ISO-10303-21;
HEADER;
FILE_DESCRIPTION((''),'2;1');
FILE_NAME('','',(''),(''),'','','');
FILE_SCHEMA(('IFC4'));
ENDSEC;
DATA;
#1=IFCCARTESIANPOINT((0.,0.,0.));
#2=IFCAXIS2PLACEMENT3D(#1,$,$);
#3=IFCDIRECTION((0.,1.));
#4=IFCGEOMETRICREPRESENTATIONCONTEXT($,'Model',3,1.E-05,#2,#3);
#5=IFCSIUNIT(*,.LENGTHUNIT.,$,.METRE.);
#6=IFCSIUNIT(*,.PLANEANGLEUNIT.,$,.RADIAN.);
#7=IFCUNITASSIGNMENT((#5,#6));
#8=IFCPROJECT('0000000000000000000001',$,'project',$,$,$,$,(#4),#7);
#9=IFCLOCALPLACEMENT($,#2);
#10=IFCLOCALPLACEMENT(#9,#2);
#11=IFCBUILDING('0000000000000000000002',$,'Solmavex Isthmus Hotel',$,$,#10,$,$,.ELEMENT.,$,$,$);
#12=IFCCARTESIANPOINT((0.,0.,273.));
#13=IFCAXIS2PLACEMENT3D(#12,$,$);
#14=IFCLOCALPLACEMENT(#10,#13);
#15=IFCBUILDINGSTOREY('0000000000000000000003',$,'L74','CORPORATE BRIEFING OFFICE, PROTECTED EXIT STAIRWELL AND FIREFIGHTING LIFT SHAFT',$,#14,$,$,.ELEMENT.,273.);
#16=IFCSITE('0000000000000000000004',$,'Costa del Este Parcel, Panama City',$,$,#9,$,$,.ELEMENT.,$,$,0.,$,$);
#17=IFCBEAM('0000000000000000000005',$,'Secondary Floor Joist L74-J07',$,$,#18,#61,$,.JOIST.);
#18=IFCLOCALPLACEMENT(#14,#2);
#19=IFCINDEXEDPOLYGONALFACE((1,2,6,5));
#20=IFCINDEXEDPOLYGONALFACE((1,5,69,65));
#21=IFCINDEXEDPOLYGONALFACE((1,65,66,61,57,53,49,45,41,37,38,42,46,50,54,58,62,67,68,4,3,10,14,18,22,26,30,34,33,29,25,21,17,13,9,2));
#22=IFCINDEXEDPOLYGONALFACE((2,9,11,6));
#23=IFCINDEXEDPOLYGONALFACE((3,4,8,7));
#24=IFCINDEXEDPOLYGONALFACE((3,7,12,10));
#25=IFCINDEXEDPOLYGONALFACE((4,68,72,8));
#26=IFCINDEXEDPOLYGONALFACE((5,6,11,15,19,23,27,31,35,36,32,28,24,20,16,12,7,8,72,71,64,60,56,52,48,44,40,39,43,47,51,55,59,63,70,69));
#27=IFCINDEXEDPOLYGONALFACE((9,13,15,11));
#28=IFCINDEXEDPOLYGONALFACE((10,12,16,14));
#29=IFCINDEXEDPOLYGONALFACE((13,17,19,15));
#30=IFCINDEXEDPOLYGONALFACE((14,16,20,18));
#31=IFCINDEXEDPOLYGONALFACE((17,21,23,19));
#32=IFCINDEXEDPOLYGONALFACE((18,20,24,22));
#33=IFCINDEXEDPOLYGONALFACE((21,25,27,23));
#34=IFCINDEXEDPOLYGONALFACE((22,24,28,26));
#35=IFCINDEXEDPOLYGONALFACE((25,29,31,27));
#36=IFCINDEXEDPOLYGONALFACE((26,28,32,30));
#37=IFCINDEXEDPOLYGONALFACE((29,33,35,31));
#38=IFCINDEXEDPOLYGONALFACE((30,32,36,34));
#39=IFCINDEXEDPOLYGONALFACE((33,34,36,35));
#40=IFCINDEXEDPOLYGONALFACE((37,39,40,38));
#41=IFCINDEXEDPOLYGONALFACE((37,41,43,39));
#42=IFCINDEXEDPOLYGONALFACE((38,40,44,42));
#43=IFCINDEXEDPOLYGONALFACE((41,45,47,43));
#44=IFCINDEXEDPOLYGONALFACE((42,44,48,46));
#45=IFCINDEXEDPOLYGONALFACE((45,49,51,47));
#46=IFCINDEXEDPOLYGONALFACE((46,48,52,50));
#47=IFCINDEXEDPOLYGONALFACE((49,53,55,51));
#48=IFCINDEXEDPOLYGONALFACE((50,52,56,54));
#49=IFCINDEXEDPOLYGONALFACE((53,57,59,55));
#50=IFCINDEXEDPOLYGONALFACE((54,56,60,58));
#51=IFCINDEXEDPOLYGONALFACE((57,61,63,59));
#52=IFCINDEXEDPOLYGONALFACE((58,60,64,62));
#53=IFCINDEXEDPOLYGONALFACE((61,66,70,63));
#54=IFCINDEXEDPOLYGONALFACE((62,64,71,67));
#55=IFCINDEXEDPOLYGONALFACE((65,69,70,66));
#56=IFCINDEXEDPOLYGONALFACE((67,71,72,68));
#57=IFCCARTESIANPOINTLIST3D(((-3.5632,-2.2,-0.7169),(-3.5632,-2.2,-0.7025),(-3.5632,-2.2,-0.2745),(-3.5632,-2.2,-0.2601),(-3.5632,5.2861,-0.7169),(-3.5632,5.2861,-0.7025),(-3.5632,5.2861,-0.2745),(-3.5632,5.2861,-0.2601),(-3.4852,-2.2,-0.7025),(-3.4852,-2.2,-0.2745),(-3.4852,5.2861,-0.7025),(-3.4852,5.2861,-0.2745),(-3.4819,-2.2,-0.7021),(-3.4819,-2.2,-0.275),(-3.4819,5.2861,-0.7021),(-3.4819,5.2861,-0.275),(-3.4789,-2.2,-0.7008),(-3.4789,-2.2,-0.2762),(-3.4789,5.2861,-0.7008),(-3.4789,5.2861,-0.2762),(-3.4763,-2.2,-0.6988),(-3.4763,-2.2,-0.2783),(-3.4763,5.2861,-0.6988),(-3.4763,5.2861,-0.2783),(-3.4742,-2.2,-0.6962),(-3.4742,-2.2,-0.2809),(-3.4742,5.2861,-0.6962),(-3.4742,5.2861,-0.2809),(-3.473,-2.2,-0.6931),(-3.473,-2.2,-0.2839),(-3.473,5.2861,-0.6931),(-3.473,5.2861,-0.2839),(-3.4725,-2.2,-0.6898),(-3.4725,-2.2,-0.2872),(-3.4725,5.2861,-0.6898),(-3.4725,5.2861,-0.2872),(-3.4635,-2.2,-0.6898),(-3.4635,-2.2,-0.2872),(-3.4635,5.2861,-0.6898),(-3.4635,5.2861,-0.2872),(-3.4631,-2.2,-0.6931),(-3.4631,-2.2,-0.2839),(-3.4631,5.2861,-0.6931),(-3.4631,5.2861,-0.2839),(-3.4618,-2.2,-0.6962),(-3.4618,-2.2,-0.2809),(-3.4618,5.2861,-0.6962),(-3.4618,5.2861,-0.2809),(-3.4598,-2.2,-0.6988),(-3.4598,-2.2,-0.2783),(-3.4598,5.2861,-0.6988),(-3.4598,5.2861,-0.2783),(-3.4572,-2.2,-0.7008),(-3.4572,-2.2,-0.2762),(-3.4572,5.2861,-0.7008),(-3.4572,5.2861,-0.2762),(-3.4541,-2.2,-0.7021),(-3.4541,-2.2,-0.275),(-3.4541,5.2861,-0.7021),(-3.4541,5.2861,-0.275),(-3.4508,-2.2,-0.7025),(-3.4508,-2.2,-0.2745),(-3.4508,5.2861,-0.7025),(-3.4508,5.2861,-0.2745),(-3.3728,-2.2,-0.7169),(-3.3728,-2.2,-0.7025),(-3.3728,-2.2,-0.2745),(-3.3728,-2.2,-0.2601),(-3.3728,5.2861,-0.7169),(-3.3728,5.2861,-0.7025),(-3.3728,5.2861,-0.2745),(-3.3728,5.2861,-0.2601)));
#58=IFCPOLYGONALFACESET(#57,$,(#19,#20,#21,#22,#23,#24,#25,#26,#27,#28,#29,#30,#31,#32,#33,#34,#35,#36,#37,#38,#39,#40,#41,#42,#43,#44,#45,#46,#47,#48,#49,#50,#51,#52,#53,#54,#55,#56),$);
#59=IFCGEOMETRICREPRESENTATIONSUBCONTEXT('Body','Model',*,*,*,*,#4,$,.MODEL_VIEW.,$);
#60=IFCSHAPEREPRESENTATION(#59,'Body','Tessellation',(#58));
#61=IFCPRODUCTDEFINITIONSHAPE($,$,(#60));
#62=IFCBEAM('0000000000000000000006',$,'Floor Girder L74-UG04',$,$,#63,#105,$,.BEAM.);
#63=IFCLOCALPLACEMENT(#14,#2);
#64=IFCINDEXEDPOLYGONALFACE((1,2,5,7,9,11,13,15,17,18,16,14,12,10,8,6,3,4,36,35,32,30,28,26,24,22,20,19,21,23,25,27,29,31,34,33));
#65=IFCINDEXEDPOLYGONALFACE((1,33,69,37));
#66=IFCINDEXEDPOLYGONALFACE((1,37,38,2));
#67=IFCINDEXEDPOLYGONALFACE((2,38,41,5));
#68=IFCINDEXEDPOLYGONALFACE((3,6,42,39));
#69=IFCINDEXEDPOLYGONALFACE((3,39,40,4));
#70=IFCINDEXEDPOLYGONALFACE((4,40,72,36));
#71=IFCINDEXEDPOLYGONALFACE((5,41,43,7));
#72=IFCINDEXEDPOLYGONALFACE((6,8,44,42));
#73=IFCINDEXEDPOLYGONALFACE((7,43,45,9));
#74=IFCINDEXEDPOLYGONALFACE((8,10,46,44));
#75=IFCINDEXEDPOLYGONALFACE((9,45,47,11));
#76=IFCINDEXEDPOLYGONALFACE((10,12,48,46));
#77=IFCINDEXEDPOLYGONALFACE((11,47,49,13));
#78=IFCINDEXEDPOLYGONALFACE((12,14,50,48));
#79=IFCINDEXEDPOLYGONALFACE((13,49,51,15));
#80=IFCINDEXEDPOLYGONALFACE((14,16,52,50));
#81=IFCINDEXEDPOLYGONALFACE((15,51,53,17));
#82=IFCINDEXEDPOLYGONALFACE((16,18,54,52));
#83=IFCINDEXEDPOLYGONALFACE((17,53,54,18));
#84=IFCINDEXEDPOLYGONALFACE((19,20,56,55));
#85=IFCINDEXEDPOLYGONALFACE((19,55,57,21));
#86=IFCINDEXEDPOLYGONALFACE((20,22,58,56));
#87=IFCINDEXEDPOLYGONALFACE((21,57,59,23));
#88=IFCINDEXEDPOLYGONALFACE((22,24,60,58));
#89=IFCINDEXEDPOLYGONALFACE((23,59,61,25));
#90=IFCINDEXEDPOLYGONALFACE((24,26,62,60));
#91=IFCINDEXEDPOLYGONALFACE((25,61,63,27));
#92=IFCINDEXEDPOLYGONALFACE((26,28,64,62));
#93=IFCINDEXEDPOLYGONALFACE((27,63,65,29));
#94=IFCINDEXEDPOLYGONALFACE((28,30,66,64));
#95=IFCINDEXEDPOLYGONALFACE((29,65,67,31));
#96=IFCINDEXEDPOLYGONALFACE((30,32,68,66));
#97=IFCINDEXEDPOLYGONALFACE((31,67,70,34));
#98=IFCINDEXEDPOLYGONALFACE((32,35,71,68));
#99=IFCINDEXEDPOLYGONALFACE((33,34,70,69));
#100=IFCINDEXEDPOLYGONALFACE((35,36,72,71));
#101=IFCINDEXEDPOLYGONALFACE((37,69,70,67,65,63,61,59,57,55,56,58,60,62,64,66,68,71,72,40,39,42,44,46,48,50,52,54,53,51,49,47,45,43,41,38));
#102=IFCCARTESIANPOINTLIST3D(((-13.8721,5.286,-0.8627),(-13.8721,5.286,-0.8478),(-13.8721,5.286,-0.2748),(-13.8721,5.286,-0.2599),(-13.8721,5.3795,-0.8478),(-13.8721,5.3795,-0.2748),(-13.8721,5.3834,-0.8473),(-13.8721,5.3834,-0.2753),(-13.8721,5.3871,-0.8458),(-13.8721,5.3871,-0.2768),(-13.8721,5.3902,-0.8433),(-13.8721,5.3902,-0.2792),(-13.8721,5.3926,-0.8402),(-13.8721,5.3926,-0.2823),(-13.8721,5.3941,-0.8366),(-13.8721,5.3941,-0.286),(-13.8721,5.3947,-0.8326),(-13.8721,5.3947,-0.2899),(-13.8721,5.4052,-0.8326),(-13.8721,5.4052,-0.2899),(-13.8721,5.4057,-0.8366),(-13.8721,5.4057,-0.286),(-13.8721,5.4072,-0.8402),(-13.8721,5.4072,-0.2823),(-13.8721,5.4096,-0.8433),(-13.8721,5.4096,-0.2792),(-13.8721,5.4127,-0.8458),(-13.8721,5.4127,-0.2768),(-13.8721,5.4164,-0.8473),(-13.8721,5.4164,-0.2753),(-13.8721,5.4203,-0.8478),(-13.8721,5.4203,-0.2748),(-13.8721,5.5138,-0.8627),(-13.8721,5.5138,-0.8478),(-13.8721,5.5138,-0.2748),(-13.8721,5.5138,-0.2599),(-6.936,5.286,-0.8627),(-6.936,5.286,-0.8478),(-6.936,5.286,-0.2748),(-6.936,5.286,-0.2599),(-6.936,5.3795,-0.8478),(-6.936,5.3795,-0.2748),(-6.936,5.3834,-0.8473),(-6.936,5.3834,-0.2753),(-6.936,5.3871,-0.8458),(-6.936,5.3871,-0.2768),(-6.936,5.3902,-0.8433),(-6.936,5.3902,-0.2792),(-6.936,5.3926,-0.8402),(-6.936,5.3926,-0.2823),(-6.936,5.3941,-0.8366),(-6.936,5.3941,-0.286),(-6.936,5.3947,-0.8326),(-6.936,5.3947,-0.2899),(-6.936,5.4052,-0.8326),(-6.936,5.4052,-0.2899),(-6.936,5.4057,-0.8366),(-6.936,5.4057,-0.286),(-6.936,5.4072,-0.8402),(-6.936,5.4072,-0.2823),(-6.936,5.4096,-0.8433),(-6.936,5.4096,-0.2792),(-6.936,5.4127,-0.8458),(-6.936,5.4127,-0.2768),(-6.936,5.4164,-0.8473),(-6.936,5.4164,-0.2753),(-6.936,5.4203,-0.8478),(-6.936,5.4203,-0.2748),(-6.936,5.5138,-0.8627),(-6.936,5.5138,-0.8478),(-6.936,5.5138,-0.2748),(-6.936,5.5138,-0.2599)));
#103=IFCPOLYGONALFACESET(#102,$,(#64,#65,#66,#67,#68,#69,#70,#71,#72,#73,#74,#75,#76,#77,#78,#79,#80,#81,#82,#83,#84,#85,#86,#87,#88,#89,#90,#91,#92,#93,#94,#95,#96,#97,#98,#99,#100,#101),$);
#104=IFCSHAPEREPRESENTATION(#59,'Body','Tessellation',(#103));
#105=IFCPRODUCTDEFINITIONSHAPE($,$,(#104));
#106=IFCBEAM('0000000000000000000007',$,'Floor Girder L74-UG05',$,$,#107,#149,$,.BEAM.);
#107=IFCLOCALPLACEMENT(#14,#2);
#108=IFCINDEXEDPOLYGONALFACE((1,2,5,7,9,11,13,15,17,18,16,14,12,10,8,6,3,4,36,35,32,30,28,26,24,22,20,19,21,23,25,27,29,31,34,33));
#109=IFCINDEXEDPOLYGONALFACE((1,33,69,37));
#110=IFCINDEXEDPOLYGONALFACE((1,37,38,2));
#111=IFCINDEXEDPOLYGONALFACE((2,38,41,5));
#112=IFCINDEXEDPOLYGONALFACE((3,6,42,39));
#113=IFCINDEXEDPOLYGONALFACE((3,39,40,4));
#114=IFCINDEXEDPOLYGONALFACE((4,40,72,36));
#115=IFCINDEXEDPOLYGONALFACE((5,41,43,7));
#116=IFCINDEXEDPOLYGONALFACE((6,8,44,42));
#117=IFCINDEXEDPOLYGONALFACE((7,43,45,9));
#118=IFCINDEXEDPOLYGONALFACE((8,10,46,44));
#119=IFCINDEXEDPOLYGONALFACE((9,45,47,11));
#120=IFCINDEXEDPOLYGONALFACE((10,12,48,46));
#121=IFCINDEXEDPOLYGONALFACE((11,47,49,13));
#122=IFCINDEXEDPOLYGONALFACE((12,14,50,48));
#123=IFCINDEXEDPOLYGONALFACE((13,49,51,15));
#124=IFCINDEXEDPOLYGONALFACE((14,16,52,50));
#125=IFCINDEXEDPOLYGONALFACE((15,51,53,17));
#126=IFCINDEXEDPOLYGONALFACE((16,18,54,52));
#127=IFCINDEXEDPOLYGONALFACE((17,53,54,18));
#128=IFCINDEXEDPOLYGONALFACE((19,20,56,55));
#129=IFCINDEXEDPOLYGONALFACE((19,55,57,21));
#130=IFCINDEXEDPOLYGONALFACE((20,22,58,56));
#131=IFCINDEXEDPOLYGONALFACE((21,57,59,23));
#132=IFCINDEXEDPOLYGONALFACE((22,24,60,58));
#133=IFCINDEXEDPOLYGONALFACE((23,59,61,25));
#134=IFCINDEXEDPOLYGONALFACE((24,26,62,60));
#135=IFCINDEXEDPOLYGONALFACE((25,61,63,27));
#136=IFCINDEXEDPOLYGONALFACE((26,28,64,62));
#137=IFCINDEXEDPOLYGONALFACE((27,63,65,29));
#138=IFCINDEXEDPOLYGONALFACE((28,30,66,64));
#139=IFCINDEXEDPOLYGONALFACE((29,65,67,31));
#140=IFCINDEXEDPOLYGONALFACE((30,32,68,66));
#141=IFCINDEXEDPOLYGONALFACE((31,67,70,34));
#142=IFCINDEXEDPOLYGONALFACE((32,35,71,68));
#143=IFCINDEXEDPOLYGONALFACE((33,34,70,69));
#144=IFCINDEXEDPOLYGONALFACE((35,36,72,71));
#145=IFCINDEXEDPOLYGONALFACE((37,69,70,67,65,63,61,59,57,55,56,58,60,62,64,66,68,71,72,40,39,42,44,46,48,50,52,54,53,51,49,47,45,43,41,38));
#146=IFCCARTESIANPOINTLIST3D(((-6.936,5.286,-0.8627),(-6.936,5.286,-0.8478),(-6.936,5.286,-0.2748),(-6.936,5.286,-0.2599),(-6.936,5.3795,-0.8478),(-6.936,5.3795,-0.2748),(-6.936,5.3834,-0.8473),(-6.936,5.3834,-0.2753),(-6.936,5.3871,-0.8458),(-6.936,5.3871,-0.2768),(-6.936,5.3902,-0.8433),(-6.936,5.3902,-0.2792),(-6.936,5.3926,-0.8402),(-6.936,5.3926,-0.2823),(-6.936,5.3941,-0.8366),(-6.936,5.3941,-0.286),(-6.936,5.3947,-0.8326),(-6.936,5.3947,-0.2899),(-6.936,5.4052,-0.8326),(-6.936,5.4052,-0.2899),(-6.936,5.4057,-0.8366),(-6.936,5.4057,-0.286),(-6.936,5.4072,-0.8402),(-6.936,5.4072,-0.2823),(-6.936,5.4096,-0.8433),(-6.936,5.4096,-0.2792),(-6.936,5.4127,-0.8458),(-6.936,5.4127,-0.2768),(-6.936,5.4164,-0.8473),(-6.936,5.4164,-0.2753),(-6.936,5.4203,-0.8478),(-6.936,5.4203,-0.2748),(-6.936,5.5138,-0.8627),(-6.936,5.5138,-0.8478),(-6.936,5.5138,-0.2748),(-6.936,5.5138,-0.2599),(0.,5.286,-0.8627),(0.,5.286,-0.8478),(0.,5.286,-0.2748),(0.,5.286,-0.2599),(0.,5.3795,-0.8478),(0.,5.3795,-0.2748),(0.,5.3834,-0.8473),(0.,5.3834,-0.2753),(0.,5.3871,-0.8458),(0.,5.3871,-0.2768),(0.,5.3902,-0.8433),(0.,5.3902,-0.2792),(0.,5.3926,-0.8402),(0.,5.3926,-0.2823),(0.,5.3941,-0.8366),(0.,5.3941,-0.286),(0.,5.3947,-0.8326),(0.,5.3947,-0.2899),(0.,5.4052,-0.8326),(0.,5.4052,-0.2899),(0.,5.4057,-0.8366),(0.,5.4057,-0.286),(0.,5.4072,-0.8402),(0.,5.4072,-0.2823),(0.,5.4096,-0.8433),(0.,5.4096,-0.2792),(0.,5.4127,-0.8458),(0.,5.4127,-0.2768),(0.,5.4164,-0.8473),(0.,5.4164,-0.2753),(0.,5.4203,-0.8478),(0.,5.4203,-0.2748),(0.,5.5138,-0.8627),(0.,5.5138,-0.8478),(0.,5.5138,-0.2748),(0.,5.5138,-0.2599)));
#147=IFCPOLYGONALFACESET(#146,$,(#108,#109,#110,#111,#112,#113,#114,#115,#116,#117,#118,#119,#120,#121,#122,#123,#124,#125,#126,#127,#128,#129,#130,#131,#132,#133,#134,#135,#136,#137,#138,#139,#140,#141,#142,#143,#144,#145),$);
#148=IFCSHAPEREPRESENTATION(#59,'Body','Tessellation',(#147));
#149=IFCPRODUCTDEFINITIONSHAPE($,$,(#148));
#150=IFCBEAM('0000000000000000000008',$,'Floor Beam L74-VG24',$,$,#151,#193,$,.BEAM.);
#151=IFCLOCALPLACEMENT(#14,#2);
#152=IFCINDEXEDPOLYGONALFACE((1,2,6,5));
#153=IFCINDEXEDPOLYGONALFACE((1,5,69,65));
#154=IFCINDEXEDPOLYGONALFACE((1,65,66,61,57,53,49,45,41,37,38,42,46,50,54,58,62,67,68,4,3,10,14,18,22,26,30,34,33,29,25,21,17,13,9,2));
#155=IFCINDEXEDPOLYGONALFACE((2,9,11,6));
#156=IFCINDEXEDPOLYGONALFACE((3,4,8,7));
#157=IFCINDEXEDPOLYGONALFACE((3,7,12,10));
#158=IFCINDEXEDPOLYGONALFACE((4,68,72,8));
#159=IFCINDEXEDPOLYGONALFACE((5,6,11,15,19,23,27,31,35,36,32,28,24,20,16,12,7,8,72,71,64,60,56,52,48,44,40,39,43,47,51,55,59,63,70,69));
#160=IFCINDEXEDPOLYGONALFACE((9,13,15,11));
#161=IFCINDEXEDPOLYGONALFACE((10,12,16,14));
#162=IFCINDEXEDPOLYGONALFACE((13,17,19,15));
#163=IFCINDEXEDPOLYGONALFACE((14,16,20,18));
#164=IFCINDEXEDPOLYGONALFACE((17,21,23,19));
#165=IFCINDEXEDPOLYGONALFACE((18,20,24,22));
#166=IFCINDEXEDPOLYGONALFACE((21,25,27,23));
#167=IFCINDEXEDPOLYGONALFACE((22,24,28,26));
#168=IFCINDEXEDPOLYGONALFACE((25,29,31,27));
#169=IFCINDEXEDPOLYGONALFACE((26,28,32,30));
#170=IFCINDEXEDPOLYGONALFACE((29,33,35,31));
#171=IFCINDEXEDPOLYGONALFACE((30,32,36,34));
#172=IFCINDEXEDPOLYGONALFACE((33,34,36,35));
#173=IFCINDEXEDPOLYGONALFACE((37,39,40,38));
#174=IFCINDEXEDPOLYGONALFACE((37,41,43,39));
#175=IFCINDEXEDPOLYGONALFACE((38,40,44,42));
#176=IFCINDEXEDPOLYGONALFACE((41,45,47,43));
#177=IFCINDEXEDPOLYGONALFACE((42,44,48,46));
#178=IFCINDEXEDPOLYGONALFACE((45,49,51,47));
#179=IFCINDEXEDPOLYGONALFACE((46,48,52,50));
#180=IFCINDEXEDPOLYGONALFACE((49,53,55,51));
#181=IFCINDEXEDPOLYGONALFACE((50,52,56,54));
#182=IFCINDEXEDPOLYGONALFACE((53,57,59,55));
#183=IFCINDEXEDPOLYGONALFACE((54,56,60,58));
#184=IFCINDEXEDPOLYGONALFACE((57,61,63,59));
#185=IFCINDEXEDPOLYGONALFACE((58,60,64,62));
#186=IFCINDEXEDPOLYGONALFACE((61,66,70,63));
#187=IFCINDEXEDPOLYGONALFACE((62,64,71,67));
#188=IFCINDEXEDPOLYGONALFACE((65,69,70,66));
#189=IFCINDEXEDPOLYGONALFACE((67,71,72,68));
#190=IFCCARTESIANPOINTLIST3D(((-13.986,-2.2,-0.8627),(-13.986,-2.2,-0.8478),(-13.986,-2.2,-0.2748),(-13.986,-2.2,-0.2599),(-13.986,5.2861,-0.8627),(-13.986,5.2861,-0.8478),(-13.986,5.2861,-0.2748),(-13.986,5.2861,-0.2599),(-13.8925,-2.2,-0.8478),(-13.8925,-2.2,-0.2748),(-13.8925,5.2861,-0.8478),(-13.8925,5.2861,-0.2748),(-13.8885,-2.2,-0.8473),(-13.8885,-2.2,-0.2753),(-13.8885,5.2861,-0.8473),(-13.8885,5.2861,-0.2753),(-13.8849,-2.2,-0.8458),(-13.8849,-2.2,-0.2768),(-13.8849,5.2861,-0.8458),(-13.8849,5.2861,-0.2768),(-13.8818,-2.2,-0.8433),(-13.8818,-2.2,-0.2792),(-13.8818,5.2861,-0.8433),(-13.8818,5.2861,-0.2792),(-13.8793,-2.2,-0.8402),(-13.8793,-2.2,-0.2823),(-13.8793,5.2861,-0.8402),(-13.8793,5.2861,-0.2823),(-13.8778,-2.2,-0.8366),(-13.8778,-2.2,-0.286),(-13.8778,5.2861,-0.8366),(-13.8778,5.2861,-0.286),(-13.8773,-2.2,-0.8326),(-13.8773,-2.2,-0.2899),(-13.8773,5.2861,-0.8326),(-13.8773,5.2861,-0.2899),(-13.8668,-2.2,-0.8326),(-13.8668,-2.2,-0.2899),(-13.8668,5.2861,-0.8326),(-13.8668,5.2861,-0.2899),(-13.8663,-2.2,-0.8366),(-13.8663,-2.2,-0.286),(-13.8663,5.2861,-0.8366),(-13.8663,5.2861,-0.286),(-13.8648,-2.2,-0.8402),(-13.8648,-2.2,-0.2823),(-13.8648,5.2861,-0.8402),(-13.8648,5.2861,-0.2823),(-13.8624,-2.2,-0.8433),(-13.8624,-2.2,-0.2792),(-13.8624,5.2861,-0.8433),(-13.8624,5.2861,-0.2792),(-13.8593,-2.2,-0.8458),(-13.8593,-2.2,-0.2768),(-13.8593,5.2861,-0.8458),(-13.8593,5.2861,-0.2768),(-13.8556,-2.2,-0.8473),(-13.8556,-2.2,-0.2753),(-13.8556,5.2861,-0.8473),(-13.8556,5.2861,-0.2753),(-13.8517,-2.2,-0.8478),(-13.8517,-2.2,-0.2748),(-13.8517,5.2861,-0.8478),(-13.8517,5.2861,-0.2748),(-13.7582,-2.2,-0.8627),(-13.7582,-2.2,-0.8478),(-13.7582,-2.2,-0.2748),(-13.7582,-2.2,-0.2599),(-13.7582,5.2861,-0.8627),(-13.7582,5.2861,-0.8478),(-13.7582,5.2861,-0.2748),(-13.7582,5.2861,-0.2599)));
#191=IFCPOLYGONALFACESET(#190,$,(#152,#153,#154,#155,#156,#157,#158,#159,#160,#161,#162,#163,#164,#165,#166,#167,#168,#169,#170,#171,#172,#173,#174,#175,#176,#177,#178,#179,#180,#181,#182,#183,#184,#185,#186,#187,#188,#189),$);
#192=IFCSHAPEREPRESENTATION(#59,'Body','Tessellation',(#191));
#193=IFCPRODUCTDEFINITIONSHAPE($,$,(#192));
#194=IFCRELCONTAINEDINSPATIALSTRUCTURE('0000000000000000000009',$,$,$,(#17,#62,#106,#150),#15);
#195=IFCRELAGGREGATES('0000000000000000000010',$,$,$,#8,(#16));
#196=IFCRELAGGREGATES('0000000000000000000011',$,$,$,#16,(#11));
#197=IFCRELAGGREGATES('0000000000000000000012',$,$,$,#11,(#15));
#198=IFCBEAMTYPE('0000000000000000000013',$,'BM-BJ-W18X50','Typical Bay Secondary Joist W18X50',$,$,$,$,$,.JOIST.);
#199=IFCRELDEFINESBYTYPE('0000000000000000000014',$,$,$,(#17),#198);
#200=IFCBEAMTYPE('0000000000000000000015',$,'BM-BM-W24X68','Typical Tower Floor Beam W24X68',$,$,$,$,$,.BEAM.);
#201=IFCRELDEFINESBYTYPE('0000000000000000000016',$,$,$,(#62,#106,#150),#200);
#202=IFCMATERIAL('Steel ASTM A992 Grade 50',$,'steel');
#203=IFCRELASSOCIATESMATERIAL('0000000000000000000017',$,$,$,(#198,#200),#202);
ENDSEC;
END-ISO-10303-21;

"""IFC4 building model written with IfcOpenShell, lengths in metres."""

from ifc_helpers import new_model, si_unit, direction, frame, origin, origin_2d, place, context, subcontext, project, spatial, i_section, extrude, material, material_profile, profile_set, type_object, element, save


model = new_model("IFC4")

# Units and contexts
model_context = context("Model", 3, precision=1e-05, world=origin(), true_north=direction((0.0, 1.0)))
body_context = subcontext(model_context, "Body", "Model", "MODEL_VIEW")
ifc_project = project(units=[si_unit("LENGTHUNIT", "METRE"), si_unit("PLANEANGLEUNIT", "RADIAN")], contexts=[model_context])

# Site, building, storey
site_placement = place(None, origin())
site = spatial("IfcSite", under=ifc_project, at=site_placement, Name="Costa del Este Parcel, Panama City", CompositionType="ELEMENT", RefElevation=0.0)
building_placement = place(site_placement, origin())
building = spatial("IfcBuilding", under=site, at=building_placement, Name="Solmavex Isthmus Hotel", CompositionType="ELEMENT")
storey_placement = place(building_placement, frame((0.0, 0.0, 273.0)))
storey = spatial("IfcBuildingStorey", under=building, at=storey_placement, Name="L74", Description="CORPORATE BRIEFING OFFICE, PROTECTED EXIT STAIRWELL AND FIREFIGHTING LIFT SHAFT", CompositionType="ELEMENT", Elevation=273.0)

# Beams
ifc_material_1 = material(Name="Steel ASTM A992 Grade 50", Category="steel")
ifc_material_profile_1 = material_profile(ifc_material_1, i_section(OverallWidth=0.1904, OverallDepth=0.4568, WebThickness=0.009, FlangeThickness=0.0144, FilletRadius=0.0127, at=origin_2d()), Name="W18X50")
ifc_profile_set_1 = profile_set([ifc_material_profile_1], Name="Steel ASTM A992 Grade 50")
beam_type_1 = type_object("IfcBeamType", Name="BM-BJ-W18X50", Description="Typical Bay Secondary Joist W18X50", PredefinedType="JOIST", material=ifc_profile_set_1)
for number, where, z_axis, x_axis, name in (
    (1, (-3.468, -2.2, -0.4885), (0.0, 1.0, 0.0), (-1.0, 0.0, 0.0), "Secondary Floor Joist L74-J07"),
):
    element("IfcBeam", number, at=place(storey_placement, frame(where, z_axis=z_axis, x_axis=x_axis)), inside=storey, type_object=beam_type_1, Name=name, PredefinedType="JOIST", context=body_context, shape_type="SweptSolid", body=[
        extrude(i_section(OverallWidth=0.1904, OverallDepth=0.4568, WebThickness=0.009, FlangeThickness=0.0144, FilletRadius=0.0127, at=origin_2d()), origin(), (0.0, 0.0, 1.0), 7.4861),
    ])
ifc_material_profile_2 = material_profile(ifc_material_1, i_section(OverallWidth=0.2278, OverallDepth=0.6028, WebThickness=0.0105, FlangeThickness=0.0149, FilletRadius=0.0151, at=origin_2d()), Name="W24X68")
ifc_profile_set_2 = profile_set([ifc_material_profile_2], Name="Steel ASTM A992 Grade 50")
beam_type_2 = type_object("IfcBeamType", Name="BM-BM-W24X68", Description="Typical Tower Floor Beam W24X68", PredefinedType="BEAM", material=ifc_profile_set_2)
for number, where, z_axis, x_axis, name in (
    (2, (-13.8721, 5.3999, -0.5613), (1.0, 0.0, 0.0), (0.0, 1.0, 0.0), "Floor Girder L74-UG04"),
    (3, (-6.936, 5.3999, -0.5613), (1.0, 0.0, 0.0), (0.0, 1.0, 0.0), "Floor Girder L74-UG05"),
):
    element("IfcBeam", number, at=place(storey_placement, frame(where, z_axis=z_axis, x_axis=x_axis)), inside=storey, type_object=beam_type_2, Name=name, PredefinedType="BEAM", context=body_context, shape_type="SweptSolid", body=[
        extrude(i_section(OverallWidth=0.2278, OverallDepth=0.6028, WebThickness=0.0105, FlangeThickness=0.0149, FilletRadius=0.0151, at=origin_2d()), origin(), (0.0, 0.0, 1.0), 6.936),
    ])
for number, where, z_axis, x_axis, name in (
    (4, (-13.8721, -2.2, -0.5613), (0.0, 1.0, 0.0), (-1.0, 0.0, 0.0), "Floor Beam L74-VG24"),
):
    element("IfcBeam", number, at=place(storey_placement, frame(where, z_axis=z_axis, x_axis=x_axis)), inside=storey, type_object=beam_type_2, Name=name, PredefinedType="BEAM", context=body_context, shape_type="SweptSolid", body=[
        extrude(i_section(OverallWidth=0.2278, OverallDepth=0.6028, WebThickness=0.0105, FlangeThickness=0.0149, FilletRadius=0.0151, at=origin_2d()), origin(), (0.0, 0.0, 1.0), 7.4861),
    ])

save(model, "model.ifc")
